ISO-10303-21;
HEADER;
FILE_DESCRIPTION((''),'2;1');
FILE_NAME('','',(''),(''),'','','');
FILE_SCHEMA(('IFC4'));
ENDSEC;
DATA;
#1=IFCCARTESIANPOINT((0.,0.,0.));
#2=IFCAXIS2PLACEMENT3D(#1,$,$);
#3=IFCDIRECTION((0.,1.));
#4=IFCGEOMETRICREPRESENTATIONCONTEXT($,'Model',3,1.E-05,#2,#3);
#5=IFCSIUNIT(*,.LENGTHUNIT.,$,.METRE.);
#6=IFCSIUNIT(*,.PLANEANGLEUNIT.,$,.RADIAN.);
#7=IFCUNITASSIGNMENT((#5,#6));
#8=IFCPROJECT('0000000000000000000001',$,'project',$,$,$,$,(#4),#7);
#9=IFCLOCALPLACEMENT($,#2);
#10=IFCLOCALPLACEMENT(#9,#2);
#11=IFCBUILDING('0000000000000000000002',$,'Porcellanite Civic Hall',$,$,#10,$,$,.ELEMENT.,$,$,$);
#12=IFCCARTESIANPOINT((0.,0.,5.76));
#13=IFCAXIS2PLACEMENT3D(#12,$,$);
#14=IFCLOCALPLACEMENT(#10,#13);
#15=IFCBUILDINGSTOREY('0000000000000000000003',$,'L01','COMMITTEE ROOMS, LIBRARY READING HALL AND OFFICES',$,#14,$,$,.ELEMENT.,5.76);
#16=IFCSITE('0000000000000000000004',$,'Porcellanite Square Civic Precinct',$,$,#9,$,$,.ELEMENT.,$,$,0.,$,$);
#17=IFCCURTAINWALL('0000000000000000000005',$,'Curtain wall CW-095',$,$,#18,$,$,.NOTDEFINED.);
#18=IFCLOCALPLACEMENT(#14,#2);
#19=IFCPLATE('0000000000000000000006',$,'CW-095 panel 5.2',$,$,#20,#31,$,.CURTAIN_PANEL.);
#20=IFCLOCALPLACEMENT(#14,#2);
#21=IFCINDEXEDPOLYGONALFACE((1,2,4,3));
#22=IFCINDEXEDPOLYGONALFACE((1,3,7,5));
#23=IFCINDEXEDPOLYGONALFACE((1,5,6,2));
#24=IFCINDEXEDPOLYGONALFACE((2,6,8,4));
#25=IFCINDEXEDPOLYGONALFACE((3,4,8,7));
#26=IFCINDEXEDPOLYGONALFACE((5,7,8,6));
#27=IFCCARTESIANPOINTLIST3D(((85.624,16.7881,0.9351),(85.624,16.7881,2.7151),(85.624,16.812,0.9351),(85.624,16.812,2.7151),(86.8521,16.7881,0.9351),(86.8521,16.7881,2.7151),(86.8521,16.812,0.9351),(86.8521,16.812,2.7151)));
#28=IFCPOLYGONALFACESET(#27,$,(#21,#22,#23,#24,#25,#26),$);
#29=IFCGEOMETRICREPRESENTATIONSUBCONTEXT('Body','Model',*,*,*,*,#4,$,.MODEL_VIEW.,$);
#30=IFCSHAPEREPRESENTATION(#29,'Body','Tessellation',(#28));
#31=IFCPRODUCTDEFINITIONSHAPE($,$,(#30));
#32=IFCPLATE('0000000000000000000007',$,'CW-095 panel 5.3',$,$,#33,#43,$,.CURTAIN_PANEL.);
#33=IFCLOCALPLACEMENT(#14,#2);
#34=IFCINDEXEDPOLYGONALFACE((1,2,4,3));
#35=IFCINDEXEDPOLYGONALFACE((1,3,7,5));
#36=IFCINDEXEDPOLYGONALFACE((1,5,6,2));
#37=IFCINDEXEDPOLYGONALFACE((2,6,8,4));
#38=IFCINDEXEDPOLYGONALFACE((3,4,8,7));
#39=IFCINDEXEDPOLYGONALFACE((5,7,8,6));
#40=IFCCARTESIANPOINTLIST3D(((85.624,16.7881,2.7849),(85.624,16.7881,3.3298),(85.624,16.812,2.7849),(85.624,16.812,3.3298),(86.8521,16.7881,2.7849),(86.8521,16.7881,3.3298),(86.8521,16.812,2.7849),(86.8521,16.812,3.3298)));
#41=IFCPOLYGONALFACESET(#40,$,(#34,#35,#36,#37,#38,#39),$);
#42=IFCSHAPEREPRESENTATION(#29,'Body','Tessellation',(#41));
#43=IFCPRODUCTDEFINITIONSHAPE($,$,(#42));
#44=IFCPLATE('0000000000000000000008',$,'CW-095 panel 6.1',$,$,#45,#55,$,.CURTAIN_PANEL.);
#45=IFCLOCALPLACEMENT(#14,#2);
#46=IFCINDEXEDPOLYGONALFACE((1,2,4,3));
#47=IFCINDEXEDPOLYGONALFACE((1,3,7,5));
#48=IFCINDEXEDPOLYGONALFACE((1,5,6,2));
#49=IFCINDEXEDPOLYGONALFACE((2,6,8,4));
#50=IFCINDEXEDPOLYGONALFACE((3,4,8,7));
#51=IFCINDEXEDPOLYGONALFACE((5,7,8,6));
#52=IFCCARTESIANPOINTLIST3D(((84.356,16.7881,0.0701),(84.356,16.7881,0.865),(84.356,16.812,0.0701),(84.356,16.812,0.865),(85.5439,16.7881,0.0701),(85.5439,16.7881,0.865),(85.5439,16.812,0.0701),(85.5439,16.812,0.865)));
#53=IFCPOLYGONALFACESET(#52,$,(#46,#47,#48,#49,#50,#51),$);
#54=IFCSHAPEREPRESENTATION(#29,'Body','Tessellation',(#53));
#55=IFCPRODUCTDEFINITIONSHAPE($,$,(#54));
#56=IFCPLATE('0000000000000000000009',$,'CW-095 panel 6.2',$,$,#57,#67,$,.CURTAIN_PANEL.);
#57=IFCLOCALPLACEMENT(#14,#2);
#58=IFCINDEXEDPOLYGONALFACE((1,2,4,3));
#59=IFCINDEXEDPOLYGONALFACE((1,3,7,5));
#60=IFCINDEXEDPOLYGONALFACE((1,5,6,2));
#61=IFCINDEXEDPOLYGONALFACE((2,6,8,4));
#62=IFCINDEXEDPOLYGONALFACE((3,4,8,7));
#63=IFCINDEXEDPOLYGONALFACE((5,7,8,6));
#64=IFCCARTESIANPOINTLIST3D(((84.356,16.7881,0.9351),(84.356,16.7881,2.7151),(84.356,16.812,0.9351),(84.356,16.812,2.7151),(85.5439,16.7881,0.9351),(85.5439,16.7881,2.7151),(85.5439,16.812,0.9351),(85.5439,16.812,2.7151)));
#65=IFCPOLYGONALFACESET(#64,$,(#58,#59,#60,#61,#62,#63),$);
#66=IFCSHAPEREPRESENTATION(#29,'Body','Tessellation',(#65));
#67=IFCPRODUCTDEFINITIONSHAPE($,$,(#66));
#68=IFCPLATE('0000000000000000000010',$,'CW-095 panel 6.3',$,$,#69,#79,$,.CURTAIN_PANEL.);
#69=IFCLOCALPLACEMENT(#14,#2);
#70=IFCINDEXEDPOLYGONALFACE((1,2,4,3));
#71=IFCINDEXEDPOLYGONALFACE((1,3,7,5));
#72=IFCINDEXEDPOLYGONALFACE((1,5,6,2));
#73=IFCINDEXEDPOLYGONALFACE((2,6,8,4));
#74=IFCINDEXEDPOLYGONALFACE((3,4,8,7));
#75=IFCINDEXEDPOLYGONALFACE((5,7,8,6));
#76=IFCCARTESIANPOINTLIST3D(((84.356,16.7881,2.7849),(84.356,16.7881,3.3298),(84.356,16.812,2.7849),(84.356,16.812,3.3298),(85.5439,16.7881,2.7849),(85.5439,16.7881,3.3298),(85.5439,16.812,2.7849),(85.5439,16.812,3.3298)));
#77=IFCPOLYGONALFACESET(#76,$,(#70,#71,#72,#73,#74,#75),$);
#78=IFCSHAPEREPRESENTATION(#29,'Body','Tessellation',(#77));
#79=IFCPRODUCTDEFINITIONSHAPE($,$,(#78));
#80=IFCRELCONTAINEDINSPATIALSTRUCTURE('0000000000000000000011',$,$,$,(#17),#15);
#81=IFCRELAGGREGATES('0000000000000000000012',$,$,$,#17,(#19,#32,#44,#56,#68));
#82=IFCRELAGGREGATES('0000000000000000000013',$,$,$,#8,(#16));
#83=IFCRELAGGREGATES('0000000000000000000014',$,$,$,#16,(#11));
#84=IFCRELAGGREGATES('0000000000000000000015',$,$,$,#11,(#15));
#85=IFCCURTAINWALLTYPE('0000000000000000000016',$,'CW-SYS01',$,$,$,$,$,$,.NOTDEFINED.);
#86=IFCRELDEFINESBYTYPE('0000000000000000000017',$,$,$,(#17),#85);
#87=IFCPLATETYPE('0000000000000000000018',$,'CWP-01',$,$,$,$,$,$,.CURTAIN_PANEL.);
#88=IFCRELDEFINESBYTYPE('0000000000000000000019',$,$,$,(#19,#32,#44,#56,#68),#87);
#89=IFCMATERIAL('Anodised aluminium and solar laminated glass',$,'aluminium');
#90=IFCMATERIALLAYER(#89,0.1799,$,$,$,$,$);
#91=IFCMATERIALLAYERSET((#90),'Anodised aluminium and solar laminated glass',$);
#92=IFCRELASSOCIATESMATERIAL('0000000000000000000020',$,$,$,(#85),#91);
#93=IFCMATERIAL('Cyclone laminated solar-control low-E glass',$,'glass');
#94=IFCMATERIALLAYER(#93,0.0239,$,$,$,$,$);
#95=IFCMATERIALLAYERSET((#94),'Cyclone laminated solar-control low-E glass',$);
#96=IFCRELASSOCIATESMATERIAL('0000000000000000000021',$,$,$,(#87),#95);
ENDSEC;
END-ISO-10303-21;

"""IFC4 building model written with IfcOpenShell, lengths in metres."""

from ifc_helpers import new_model, si_unit, direction, frame, origin, origin_2d, place, context, subcontext, project, spatial, rectangle, extrude, material, layer, layer_set, type_object, element, aggregate, save


model = new_model("IFC4")

# Units and contexts
model_context = context("Model", 3, precision=1e-05, world=origin(), true_north=direction((0.0, 1.0)))
body_context = subcontext(model_context, "Body", "Model", "MODEL_VIEW")
ifc_project = project(units=[si_unit("LENGTHUNIT", "METRE"), si_unit("PLANEANGLEUNIT", "RADIAN")], contexts=[model_context])

# Site, building, storey
site_placement = place(None, origin())
site = spatial("IfcSite", under=ifc_project, at=site_placement, Name="Porcellanite Square Civic Precinct", CompositionType="ELEMENT", RefElevation=0.0)
building_placement = place(site_placement, origin())
building = spatial("IfcBuilding", under=site, at=building_placement, Name="Porcellanite Civic Hall", CompositionType="ELEMENT")
storey_placement = place(building_placement, frame((0.0, 0.0, 5.76)))
storey = spatial("IfcBuildingStorey", under=building, at=storey_placement, Name="L01", Description="COMMITTEE ROOMS, LIBRARY READING HALL AND OFFICES", CompositionType="ELEMENT", Elevation=5.76)

# Curtain wall, plates
ifc_material_1 = material(Name="Anodised aluminium and solar laminated glass", Category="aluminium")
ifc_layer_1 = layer(ifc_material_1, 0.1799)
ifc_layer_set_1 = layer_set([ifc_layer_1], Name="Anodised aluminium and solar laminated glass")
curtain_wall_type = type_object("IfcCurtainWallType", Name="CW-SYS01", PredefinedType="NOTDEFINED", material=ifc_layer_set_1)
curtain_wall_placement = place(storey_placement, origin())
curtain_wall = element("IfcCurtainWall", 1, at=curtain_wall_placement, inside=storey, type_object=curtain_wall_type, Name="Curtain wall CW-095", PredefinedType="NOTDEFINED")
ifc_material_2 = material(Name="Cyclone laminated solar-control low-E glass", Category="glass")
ifc_layer_2 = layer(ifc_material_2, 0.0239)
ifc_layer_set_2 = layer_set([ifc_layer_2], Name="Cyclone laminated solar-control low-E glass")
plate_type = type_object("IfcPlateType", Name="CWP-01", PredefinedType="CURTAIN_PANEL", material=ifc_layer_set_2)
plate_1_placement = place(storey_placement, frame((86.238, 16.8, 0.9351), z_axis=(0.0, 0.0, 1.0), x_axis=(-1.0, 0.0, 0.0)))
plate_1 = element("IfcPlate", 2, at=plate_1_placement, type_object=plate_type, Name="CW-095 panel 5.2", PredefinedType="CURTAIN_PANEL", context=body_context, shape_type="SweptSolid", body=[
    extrude(rectangle(XDim=1.228, YDim=0.0239, at=origin_2d()), origin(), (0.0, 0.0, 1.0), 1.78),
])
plate_2_placement = place(storey_placement, frame((86.238, 16.8, 2.7849), z_axis=(0.0, 0.0, 1.0), x_axis=(-1.0, 0.0, 0.0)))
plate_2 = element("IfcPlate", 3, at=plate_2_placement, type_object=plate_type, Name="CW-095 panel 5.3", PredefinedType="CURTAIN_PANEL", context=body_context, shape_type="SweptSolid", body=[
    extrude(rectangle(XDim=1.228, YDim=0.0239, at=origin_2d()), origin(), (0.0, 0.0, 1.0), 0.5449),
])
plate_3_placement = place(storey_placement, frame((84.95, 16.8, 0.0701), z_axis=(0.0, 0.0, 1.0), x_axis=(-1.0, 0.0, 0.0)))
plate_3 = element("IfcPlate", 4, at=plate_3_placement, type_object=plate_type, Name="CW-095 panel 6.1", PredefinedType="CURTAIN_PANEL", context=body_context, shape_type="SweptSolid", body=[
    extrude(rectangle(XDim=1.188, YDim=0.0239, at=origin_2d()), origin(), (0.0, 0.0, 1.0), 0.7949),
])
plate_4_placement = place(storey_placement, frame((84.95, 16.8, 0.9351), z_axis=(0.0, 0.0, 1.0), x_axis=(-1.0, 0.0, 0.0)))
plate_4 = element("IfcPlate", 5, at=plate_4_placement, type_object=plate_type, Name="CW-095 panel 6.2", PredefinedType="CURTAIN_PANEL", context=body_context, shape_type="SweptSolid", body=[
    extrude(rectangle(XDim=1.188, YDim=0.0239, at=origin_2d()), origin(), (0.0, 0.0, 1.0), 1.78),
])
plate_5_placement = place(storey_placement, frame((84.95, 16.8, 2.7849), z_axis=(0.0, 0.0, 1.0), x_axis=(-1.0, 0.0, 0.0)))
plate_5 = element("IfcPlate", 6, at=plate_5_placement, type_object=plate_type, Name="CW-095 panel 6.3", PredefinedType="CURTAIN_PANEL", context=body_context, shape_type="SweptSolid", body=[
    extrude(rectangle(XDim=1.188, YDim=0.0239, at=origin_2d()), origin(), (0.0, 0.0, 1.0), 0.5449),
])
aggregate(curtain_wall, [plate_1, plate_2, plate_3, plate_4, plate_5])

save(model, "model.ifc")
